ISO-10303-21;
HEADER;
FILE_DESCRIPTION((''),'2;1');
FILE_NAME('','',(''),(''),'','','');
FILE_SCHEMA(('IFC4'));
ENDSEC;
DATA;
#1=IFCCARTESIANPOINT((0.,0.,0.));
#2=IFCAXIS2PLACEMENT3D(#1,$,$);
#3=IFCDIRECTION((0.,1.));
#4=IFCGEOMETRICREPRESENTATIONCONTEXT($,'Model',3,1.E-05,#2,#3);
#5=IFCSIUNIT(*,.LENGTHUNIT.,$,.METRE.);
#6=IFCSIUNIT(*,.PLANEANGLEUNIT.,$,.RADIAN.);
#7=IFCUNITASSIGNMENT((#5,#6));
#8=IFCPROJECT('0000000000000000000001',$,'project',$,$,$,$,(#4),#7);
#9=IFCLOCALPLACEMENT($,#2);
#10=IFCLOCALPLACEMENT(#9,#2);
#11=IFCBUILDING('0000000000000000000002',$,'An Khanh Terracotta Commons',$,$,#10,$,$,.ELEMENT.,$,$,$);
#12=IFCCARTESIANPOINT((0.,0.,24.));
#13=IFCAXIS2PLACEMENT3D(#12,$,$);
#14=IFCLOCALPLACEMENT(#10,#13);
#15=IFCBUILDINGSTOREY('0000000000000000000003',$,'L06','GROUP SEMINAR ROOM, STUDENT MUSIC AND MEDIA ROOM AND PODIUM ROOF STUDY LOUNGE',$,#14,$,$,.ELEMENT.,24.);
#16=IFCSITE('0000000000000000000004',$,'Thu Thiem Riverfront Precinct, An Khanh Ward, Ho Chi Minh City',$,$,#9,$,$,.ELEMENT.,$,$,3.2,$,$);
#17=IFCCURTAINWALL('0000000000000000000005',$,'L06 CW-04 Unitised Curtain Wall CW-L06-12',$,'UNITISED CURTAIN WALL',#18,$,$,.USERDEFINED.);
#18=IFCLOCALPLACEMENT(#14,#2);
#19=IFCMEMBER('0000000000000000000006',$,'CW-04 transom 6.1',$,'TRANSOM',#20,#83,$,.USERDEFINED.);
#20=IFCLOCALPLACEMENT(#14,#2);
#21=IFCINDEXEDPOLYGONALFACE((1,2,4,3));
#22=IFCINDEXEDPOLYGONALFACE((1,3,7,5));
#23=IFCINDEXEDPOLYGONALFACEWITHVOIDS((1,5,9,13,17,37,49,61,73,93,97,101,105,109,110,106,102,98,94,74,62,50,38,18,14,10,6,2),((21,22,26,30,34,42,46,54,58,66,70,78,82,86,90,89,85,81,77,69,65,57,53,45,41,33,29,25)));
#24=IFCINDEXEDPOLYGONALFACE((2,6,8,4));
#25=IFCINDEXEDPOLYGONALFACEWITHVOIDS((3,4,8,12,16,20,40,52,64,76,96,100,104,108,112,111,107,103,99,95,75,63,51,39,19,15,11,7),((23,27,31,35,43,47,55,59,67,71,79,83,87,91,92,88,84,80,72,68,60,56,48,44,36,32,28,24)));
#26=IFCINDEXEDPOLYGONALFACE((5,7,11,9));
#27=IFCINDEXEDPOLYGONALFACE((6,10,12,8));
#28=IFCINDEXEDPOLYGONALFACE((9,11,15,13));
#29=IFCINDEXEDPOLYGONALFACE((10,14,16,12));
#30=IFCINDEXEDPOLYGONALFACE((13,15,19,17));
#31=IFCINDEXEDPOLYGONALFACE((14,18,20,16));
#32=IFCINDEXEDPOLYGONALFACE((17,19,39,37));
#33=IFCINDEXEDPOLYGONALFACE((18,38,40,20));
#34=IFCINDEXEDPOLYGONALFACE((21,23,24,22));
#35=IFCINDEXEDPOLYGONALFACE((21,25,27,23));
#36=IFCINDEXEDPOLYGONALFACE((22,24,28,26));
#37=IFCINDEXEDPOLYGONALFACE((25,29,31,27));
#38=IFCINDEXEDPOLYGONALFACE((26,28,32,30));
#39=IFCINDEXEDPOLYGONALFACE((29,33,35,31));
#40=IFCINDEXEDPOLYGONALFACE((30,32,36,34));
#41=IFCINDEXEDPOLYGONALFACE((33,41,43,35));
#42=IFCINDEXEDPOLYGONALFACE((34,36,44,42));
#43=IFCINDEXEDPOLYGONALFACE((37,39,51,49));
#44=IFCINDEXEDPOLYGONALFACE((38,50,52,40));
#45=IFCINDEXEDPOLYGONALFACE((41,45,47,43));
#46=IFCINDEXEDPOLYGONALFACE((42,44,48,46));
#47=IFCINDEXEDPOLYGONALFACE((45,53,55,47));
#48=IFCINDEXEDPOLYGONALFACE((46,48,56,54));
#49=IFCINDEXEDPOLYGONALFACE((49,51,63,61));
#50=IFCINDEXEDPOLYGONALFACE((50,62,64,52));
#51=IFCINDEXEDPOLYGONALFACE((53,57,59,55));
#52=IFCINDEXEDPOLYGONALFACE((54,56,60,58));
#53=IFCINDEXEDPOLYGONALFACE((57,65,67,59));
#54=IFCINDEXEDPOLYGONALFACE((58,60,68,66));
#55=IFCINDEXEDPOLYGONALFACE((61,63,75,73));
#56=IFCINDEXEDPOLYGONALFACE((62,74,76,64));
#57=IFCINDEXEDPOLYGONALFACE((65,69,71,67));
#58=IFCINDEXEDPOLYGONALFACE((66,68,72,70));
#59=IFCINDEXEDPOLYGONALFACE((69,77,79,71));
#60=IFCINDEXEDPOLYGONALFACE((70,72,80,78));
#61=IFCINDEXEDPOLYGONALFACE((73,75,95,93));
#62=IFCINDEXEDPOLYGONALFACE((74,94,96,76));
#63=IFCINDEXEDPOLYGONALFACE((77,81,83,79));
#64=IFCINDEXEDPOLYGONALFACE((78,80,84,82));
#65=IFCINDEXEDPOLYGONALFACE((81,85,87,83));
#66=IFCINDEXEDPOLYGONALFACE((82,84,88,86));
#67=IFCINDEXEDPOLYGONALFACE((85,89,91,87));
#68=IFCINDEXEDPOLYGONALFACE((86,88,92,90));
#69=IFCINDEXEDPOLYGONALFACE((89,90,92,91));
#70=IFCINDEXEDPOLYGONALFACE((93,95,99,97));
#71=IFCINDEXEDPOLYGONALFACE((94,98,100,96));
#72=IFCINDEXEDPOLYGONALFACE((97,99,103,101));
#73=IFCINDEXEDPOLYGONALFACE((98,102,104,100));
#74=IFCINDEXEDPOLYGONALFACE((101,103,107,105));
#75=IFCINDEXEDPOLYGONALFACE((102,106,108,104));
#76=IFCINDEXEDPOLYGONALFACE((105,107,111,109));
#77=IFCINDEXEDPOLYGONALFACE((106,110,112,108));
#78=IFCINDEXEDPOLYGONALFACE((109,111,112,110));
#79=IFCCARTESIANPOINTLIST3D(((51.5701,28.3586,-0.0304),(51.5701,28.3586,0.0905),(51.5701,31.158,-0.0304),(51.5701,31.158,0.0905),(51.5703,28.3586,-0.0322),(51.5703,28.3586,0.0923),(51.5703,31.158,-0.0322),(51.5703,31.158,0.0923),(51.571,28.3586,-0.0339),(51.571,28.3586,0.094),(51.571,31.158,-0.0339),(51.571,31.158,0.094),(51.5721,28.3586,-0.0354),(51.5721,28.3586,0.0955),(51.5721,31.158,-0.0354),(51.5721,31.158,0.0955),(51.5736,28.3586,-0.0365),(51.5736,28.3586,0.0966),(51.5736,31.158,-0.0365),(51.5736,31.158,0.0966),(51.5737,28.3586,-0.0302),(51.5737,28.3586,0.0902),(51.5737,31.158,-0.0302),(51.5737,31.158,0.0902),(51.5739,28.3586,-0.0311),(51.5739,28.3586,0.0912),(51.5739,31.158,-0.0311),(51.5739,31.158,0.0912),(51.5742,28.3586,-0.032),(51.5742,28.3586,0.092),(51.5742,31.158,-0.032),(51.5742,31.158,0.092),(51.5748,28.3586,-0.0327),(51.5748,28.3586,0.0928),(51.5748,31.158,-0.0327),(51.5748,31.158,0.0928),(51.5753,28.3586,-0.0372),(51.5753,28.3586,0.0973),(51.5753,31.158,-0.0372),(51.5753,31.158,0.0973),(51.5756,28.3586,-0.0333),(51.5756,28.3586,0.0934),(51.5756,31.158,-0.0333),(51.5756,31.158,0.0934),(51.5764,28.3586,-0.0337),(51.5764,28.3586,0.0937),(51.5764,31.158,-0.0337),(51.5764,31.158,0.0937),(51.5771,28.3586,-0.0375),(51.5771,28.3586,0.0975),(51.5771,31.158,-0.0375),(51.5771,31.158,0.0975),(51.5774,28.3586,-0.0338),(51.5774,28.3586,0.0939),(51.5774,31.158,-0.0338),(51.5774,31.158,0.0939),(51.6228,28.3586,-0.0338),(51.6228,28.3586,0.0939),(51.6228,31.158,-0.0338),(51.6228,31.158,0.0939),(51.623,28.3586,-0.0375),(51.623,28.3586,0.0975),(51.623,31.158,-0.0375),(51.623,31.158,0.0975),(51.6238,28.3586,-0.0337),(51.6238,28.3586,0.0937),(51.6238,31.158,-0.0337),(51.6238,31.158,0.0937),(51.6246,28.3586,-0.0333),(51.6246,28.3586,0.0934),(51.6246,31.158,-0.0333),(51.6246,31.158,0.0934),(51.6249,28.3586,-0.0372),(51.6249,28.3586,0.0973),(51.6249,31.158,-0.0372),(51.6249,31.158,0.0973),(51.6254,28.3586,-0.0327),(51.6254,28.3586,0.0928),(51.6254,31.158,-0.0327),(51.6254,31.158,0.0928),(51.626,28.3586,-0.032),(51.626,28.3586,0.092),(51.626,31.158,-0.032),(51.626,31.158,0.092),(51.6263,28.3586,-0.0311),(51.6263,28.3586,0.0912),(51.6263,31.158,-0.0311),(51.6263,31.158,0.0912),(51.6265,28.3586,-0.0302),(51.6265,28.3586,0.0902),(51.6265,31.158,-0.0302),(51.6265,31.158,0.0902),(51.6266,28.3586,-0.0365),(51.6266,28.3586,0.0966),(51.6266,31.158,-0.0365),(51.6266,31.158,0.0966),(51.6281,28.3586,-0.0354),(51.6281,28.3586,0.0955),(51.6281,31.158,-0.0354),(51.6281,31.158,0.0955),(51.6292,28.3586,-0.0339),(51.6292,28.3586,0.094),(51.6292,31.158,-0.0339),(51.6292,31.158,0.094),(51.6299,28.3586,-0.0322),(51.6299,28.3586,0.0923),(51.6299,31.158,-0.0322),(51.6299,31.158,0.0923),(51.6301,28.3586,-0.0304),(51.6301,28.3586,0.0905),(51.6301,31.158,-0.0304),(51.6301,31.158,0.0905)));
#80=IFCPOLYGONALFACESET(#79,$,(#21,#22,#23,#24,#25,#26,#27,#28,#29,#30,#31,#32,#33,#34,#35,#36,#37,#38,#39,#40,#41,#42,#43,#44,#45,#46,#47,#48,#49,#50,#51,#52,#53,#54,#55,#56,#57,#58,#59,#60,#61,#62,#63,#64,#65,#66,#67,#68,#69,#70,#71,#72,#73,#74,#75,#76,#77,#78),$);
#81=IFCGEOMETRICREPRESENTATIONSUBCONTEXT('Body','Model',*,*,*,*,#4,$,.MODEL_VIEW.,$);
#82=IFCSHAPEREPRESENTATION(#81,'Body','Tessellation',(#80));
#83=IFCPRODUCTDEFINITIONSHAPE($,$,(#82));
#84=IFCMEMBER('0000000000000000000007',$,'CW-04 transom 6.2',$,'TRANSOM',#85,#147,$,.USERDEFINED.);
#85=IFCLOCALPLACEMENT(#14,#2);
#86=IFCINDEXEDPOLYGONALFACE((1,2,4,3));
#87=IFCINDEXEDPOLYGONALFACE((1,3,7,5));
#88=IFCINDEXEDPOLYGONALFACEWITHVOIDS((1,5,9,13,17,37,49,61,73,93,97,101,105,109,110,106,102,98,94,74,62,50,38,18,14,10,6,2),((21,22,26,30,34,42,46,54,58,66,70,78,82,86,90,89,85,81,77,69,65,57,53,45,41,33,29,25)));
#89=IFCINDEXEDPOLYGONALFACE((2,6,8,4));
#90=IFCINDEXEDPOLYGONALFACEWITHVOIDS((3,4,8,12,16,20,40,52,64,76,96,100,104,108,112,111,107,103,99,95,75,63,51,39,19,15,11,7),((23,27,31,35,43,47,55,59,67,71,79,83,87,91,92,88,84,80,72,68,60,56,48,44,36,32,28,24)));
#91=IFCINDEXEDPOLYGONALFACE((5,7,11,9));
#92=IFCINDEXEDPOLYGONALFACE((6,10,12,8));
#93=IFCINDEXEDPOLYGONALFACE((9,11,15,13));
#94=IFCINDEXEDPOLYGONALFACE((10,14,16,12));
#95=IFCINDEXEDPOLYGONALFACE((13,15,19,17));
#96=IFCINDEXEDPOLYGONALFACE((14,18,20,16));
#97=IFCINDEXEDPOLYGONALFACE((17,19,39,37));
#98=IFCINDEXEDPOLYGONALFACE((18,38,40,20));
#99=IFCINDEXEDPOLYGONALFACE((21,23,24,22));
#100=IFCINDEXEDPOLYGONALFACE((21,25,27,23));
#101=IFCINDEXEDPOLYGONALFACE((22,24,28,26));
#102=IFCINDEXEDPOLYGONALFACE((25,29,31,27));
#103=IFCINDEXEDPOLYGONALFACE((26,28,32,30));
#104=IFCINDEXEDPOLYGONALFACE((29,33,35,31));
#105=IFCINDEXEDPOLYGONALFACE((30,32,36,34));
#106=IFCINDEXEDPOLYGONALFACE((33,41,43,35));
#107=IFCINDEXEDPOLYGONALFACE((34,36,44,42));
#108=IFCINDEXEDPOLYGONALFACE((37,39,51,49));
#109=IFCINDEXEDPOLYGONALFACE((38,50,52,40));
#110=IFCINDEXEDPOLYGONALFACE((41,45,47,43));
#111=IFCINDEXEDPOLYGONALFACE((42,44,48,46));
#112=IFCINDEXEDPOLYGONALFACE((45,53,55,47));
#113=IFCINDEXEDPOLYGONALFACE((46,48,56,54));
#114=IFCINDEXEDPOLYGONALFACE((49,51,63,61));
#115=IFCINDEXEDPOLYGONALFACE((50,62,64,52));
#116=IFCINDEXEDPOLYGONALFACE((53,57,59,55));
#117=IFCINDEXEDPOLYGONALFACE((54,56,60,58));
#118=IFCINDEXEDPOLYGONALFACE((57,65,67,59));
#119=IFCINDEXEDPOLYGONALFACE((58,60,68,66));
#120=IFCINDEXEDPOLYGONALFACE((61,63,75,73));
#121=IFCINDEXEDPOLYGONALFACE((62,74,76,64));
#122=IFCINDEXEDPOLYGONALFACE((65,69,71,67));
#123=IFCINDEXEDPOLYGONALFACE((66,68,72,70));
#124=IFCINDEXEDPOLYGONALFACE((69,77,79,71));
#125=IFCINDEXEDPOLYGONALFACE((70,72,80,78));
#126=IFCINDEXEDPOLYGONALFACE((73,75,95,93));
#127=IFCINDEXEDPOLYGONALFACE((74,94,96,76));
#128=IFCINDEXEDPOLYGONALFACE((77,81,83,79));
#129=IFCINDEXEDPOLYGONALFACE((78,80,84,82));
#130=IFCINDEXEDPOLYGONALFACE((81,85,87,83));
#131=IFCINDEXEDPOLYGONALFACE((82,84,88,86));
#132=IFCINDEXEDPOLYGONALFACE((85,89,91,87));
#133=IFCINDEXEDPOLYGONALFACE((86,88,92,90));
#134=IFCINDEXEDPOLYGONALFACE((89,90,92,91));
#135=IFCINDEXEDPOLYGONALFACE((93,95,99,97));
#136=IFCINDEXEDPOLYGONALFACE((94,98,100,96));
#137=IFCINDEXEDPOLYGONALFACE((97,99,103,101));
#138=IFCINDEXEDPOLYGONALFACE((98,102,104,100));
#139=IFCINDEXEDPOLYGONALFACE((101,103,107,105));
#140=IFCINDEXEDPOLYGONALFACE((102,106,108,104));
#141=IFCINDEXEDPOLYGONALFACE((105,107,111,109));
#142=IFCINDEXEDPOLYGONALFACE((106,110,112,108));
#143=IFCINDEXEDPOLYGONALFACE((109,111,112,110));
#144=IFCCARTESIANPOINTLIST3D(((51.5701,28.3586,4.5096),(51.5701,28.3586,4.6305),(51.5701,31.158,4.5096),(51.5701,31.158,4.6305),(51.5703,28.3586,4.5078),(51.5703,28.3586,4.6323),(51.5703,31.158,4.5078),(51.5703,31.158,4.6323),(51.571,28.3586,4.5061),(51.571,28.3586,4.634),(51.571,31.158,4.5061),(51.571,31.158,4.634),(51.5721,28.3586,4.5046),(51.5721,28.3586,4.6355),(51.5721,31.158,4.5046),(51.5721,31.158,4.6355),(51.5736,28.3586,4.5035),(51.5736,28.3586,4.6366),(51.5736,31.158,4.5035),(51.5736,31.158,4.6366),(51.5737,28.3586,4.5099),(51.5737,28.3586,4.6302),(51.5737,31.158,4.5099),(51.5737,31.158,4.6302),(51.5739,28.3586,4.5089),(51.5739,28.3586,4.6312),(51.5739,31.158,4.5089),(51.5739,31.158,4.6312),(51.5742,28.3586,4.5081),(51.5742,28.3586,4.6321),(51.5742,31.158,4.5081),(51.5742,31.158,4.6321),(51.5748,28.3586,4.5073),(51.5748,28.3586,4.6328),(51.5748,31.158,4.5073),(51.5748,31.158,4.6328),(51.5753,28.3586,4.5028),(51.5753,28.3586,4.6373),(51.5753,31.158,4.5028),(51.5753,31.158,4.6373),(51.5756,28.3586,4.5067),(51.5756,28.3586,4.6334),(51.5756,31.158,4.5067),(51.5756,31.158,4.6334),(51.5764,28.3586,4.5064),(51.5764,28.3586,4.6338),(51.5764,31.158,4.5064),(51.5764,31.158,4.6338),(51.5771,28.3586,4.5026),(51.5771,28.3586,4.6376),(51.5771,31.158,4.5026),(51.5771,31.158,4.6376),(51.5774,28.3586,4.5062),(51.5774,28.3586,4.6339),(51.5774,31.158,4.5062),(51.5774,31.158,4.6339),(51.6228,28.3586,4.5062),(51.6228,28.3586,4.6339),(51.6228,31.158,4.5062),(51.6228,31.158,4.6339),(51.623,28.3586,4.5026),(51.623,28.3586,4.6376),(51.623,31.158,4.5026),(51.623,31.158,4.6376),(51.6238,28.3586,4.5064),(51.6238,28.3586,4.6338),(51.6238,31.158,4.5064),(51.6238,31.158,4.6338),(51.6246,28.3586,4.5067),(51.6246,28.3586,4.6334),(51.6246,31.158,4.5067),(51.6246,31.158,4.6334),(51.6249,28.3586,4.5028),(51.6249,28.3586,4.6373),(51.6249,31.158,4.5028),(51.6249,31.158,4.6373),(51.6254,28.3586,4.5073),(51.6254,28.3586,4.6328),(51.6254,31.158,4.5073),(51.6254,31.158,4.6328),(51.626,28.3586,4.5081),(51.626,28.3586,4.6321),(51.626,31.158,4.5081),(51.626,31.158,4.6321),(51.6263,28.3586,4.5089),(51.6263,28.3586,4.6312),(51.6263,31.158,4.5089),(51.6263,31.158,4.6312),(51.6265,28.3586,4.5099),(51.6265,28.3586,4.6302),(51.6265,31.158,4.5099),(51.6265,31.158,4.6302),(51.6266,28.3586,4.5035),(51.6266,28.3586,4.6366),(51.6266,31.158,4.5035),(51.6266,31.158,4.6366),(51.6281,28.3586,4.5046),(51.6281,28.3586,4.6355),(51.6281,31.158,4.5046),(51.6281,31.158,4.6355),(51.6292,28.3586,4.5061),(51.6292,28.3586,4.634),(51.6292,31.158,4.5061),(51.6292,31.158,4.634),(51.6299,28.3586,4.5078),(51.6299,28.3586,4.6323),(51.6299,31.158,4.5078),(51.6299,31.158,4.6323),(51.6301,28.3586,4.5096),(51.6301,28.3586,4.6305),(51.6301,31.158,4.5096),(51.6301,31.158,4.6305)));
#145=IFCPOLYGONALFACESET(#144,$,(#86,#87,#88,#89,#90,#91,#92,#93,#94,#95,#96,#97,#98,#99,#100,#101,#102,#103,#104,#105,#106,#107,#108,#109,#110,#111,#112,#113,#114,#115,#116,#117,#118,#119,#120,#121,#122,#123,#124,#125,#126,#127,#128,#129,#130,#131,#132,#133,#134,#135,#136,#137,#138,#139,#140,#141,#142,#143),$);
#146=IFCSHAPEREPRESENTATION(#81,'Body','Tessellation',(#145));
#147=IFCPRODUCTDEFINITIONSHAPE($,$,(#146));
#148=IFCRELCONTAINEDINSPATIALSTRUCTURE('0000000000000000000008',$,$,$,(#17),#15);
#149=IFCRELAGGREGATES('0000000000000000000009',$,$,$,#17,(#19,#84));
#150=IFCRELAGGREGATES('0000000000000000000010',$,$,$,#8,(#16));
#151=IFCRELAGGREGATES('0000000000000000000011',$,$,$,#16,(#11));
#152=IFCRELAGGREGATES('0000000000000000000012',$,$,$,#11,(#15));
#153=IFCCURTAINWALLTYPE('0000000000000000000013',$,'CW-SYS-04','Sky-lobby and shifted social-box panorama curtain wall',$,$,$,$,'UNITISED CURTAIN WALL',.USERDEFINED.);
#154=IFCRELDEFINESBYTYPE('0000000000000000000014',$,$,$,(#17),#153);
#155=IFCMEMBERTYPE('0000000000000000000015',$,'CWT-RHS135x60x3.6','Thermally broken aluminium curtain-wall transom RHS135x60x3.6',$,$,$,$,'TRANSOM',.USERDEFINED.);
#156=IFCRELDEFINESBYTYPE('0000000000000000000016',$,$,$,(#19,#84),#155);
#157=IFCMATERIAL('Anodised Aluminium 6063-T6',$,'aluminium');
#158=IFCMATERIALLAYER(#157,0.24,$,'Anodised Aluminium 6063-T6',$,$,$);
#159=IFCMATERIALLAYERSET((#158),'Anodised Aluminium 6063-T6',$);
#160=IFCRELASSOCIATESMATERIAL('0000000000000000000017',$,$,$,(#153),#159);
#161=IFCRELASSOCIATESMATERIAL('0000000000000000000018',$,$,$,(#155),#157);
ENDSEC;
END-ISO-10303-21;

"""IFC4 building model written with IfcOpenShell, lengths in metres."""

from ifc_helpers import new_model, si_unit, direction, frame, origin, origin_2d, place, context, subcontext, project, spatial, hollow_rectangle, extrude, material, layer, layer_set, material_profile, profile_set, type_object, element, aggregate, save


model = new_model("IFC4")

# Units and contexts
model_context = context("Model", 3, precision=1e-05, world=origin(), true_north=direction((0.0, 1.0)))
body_context = subcontext(model_context, "Body", "Model", "MODEL_VIEW")
ifc_project = project(units=[si_unit("LENGTHUNIT", "METRE"), si_unit("PLANEANGLEUNIT", "RADIAN")], contexts=[model_context])

# Site, building, storey
site_placement = place(None, origin())
site = spatial("IfcSite", under=ifc_project, at=site_placement, Name="Thu Thiem Riverfront Precinct, An Khanh Ward, Ho Chi Minh City", CompositionType="ELEMENT", RefElevation=3.2)
building_placement = place(site_placement, origin())
building = spatial("IfcBuilding", under=site, at=building_placement, Name="An Khanh Terracotta Commons", CompositionType="ELEMENT")
storey_placement = place(building_placement, frame((0.0, 0.0, 24.0)))
storey = spatial("IfcBuildingStorey", under=building, at=storey_placement, Name="L06", Description="GROUP SEMINAR ROOM, STUDENT MUSIC AND MEDIA ROOM AND PODIUM ROOF STUDY LOUNGE", CompositionType="ELEMENT", Elevation=24.0)

# Curtain wall, members
ifc_material_1 = material(Name="Anodised Aluminium 6063-T6", Category="aluminium")
ifc_layer_1 = layer(ifc_material_1, 0.24, Name="Anodised Aluminium 6063-T6")
ifc_layer_set_1 = layer_set([ifc_layer_1], Name="Anodised Aluminium 6063-T6")
curtain_wall_type = type_object("IfcCurtainWallType", Name="CW-SYS-04", Description="Sky-lobby and shifted social-box panorama curtain wall", ElementType="UNITISED CURTAIN WALL", PredefinedType="USERDEFINED", material=ifc_layer_set_1)
curtain_wall_placement = place(storey_placement, origin())
curtain_wall = element("IfcCurtainWall", 1, at=curtain_wall_placement, inside=storey, type_object=curtain_wall_type, Name="L06 CW-04 Unitised Curtain Wall CW-L06-12", ObjectType="UNITISED CURTAIN WALL", PredefinedType="USERDEFINED")
ifc_material_profile_1 = material_profile(ifc_material_1, hollow_rectangle(XDim=0.0601, YDim=0.135, WallThickness=0.0037, InnerFilletRadius=0.0037, OuterFilletRadius=0.0071, at=origin_2d()), Name="RHS135x60x3.6")
ifc_profile_set_1 = profile_set([ifc_material_profile_1], Name="Anodised Aluminium 6063-T6")
member_type_1 = type_object("IfcMemberType", Name="CWT-RHS135x60x3.6", Description="Thermally broken aluminium curtain-wall transom RHS135x60x3.6", ElementType="TRANSOM", PredefinedType="USERDEFINED", material=ifc_profile_set_1)
member_1_placement = place(storey_placement, frame((51.6001, 28.3586, 0.03), z_axis=(0.0, 1.0, 0.0), x_axis=(-1.0, 0.0, 0.0)))
member_1 = element("IfcMember", 2, at=member_1_placement, type_object=member_type_1, Name="CW-04 transom 6.1", ObjectType="TRANSOM", PredefinedType="USERDEFINED", context=body_context, shape_type="SweptSolid", body=[
    extrude(hollow_rectangle(XDim=0.0601, YDim=0.135, WallThickness=0.0037, InnerFilletRadius=0.0037, OuterFilletRadius=0.0071, at=origin_2d()), origin(), (0.0, 0.0, 1.0), 2.7993),
])
member_2_placement = place(storey_placement, frame((51.6001, 28.3586, 4.5701), z_axis=(0.0, 1.0, 0.0), x_axis=(-1.0, 0.0, 0.0)))
member_2 = element("IfcMember", 3, at=member_2_placement, type_object=member_type_1, Name="CW-04 transom 6.2", ObjectType="TRANSOM", PredefinedType="USERDEFINED", context=body_context, shape_type="SweptSolid", body=[
    extrude(hollow_rectangle(XDim=0.0601, YDim=0.135, WallThickness=0.0037, InnerFilletRadius=0.0037, OuterFilletRadius=0.0071, at=origin_2d()), origin(), (0.0, 0.0, 1.0), 2.7993),
])
aggregate(curtain_wall, [member_1, member_2])

save(model, "model.ifc")
